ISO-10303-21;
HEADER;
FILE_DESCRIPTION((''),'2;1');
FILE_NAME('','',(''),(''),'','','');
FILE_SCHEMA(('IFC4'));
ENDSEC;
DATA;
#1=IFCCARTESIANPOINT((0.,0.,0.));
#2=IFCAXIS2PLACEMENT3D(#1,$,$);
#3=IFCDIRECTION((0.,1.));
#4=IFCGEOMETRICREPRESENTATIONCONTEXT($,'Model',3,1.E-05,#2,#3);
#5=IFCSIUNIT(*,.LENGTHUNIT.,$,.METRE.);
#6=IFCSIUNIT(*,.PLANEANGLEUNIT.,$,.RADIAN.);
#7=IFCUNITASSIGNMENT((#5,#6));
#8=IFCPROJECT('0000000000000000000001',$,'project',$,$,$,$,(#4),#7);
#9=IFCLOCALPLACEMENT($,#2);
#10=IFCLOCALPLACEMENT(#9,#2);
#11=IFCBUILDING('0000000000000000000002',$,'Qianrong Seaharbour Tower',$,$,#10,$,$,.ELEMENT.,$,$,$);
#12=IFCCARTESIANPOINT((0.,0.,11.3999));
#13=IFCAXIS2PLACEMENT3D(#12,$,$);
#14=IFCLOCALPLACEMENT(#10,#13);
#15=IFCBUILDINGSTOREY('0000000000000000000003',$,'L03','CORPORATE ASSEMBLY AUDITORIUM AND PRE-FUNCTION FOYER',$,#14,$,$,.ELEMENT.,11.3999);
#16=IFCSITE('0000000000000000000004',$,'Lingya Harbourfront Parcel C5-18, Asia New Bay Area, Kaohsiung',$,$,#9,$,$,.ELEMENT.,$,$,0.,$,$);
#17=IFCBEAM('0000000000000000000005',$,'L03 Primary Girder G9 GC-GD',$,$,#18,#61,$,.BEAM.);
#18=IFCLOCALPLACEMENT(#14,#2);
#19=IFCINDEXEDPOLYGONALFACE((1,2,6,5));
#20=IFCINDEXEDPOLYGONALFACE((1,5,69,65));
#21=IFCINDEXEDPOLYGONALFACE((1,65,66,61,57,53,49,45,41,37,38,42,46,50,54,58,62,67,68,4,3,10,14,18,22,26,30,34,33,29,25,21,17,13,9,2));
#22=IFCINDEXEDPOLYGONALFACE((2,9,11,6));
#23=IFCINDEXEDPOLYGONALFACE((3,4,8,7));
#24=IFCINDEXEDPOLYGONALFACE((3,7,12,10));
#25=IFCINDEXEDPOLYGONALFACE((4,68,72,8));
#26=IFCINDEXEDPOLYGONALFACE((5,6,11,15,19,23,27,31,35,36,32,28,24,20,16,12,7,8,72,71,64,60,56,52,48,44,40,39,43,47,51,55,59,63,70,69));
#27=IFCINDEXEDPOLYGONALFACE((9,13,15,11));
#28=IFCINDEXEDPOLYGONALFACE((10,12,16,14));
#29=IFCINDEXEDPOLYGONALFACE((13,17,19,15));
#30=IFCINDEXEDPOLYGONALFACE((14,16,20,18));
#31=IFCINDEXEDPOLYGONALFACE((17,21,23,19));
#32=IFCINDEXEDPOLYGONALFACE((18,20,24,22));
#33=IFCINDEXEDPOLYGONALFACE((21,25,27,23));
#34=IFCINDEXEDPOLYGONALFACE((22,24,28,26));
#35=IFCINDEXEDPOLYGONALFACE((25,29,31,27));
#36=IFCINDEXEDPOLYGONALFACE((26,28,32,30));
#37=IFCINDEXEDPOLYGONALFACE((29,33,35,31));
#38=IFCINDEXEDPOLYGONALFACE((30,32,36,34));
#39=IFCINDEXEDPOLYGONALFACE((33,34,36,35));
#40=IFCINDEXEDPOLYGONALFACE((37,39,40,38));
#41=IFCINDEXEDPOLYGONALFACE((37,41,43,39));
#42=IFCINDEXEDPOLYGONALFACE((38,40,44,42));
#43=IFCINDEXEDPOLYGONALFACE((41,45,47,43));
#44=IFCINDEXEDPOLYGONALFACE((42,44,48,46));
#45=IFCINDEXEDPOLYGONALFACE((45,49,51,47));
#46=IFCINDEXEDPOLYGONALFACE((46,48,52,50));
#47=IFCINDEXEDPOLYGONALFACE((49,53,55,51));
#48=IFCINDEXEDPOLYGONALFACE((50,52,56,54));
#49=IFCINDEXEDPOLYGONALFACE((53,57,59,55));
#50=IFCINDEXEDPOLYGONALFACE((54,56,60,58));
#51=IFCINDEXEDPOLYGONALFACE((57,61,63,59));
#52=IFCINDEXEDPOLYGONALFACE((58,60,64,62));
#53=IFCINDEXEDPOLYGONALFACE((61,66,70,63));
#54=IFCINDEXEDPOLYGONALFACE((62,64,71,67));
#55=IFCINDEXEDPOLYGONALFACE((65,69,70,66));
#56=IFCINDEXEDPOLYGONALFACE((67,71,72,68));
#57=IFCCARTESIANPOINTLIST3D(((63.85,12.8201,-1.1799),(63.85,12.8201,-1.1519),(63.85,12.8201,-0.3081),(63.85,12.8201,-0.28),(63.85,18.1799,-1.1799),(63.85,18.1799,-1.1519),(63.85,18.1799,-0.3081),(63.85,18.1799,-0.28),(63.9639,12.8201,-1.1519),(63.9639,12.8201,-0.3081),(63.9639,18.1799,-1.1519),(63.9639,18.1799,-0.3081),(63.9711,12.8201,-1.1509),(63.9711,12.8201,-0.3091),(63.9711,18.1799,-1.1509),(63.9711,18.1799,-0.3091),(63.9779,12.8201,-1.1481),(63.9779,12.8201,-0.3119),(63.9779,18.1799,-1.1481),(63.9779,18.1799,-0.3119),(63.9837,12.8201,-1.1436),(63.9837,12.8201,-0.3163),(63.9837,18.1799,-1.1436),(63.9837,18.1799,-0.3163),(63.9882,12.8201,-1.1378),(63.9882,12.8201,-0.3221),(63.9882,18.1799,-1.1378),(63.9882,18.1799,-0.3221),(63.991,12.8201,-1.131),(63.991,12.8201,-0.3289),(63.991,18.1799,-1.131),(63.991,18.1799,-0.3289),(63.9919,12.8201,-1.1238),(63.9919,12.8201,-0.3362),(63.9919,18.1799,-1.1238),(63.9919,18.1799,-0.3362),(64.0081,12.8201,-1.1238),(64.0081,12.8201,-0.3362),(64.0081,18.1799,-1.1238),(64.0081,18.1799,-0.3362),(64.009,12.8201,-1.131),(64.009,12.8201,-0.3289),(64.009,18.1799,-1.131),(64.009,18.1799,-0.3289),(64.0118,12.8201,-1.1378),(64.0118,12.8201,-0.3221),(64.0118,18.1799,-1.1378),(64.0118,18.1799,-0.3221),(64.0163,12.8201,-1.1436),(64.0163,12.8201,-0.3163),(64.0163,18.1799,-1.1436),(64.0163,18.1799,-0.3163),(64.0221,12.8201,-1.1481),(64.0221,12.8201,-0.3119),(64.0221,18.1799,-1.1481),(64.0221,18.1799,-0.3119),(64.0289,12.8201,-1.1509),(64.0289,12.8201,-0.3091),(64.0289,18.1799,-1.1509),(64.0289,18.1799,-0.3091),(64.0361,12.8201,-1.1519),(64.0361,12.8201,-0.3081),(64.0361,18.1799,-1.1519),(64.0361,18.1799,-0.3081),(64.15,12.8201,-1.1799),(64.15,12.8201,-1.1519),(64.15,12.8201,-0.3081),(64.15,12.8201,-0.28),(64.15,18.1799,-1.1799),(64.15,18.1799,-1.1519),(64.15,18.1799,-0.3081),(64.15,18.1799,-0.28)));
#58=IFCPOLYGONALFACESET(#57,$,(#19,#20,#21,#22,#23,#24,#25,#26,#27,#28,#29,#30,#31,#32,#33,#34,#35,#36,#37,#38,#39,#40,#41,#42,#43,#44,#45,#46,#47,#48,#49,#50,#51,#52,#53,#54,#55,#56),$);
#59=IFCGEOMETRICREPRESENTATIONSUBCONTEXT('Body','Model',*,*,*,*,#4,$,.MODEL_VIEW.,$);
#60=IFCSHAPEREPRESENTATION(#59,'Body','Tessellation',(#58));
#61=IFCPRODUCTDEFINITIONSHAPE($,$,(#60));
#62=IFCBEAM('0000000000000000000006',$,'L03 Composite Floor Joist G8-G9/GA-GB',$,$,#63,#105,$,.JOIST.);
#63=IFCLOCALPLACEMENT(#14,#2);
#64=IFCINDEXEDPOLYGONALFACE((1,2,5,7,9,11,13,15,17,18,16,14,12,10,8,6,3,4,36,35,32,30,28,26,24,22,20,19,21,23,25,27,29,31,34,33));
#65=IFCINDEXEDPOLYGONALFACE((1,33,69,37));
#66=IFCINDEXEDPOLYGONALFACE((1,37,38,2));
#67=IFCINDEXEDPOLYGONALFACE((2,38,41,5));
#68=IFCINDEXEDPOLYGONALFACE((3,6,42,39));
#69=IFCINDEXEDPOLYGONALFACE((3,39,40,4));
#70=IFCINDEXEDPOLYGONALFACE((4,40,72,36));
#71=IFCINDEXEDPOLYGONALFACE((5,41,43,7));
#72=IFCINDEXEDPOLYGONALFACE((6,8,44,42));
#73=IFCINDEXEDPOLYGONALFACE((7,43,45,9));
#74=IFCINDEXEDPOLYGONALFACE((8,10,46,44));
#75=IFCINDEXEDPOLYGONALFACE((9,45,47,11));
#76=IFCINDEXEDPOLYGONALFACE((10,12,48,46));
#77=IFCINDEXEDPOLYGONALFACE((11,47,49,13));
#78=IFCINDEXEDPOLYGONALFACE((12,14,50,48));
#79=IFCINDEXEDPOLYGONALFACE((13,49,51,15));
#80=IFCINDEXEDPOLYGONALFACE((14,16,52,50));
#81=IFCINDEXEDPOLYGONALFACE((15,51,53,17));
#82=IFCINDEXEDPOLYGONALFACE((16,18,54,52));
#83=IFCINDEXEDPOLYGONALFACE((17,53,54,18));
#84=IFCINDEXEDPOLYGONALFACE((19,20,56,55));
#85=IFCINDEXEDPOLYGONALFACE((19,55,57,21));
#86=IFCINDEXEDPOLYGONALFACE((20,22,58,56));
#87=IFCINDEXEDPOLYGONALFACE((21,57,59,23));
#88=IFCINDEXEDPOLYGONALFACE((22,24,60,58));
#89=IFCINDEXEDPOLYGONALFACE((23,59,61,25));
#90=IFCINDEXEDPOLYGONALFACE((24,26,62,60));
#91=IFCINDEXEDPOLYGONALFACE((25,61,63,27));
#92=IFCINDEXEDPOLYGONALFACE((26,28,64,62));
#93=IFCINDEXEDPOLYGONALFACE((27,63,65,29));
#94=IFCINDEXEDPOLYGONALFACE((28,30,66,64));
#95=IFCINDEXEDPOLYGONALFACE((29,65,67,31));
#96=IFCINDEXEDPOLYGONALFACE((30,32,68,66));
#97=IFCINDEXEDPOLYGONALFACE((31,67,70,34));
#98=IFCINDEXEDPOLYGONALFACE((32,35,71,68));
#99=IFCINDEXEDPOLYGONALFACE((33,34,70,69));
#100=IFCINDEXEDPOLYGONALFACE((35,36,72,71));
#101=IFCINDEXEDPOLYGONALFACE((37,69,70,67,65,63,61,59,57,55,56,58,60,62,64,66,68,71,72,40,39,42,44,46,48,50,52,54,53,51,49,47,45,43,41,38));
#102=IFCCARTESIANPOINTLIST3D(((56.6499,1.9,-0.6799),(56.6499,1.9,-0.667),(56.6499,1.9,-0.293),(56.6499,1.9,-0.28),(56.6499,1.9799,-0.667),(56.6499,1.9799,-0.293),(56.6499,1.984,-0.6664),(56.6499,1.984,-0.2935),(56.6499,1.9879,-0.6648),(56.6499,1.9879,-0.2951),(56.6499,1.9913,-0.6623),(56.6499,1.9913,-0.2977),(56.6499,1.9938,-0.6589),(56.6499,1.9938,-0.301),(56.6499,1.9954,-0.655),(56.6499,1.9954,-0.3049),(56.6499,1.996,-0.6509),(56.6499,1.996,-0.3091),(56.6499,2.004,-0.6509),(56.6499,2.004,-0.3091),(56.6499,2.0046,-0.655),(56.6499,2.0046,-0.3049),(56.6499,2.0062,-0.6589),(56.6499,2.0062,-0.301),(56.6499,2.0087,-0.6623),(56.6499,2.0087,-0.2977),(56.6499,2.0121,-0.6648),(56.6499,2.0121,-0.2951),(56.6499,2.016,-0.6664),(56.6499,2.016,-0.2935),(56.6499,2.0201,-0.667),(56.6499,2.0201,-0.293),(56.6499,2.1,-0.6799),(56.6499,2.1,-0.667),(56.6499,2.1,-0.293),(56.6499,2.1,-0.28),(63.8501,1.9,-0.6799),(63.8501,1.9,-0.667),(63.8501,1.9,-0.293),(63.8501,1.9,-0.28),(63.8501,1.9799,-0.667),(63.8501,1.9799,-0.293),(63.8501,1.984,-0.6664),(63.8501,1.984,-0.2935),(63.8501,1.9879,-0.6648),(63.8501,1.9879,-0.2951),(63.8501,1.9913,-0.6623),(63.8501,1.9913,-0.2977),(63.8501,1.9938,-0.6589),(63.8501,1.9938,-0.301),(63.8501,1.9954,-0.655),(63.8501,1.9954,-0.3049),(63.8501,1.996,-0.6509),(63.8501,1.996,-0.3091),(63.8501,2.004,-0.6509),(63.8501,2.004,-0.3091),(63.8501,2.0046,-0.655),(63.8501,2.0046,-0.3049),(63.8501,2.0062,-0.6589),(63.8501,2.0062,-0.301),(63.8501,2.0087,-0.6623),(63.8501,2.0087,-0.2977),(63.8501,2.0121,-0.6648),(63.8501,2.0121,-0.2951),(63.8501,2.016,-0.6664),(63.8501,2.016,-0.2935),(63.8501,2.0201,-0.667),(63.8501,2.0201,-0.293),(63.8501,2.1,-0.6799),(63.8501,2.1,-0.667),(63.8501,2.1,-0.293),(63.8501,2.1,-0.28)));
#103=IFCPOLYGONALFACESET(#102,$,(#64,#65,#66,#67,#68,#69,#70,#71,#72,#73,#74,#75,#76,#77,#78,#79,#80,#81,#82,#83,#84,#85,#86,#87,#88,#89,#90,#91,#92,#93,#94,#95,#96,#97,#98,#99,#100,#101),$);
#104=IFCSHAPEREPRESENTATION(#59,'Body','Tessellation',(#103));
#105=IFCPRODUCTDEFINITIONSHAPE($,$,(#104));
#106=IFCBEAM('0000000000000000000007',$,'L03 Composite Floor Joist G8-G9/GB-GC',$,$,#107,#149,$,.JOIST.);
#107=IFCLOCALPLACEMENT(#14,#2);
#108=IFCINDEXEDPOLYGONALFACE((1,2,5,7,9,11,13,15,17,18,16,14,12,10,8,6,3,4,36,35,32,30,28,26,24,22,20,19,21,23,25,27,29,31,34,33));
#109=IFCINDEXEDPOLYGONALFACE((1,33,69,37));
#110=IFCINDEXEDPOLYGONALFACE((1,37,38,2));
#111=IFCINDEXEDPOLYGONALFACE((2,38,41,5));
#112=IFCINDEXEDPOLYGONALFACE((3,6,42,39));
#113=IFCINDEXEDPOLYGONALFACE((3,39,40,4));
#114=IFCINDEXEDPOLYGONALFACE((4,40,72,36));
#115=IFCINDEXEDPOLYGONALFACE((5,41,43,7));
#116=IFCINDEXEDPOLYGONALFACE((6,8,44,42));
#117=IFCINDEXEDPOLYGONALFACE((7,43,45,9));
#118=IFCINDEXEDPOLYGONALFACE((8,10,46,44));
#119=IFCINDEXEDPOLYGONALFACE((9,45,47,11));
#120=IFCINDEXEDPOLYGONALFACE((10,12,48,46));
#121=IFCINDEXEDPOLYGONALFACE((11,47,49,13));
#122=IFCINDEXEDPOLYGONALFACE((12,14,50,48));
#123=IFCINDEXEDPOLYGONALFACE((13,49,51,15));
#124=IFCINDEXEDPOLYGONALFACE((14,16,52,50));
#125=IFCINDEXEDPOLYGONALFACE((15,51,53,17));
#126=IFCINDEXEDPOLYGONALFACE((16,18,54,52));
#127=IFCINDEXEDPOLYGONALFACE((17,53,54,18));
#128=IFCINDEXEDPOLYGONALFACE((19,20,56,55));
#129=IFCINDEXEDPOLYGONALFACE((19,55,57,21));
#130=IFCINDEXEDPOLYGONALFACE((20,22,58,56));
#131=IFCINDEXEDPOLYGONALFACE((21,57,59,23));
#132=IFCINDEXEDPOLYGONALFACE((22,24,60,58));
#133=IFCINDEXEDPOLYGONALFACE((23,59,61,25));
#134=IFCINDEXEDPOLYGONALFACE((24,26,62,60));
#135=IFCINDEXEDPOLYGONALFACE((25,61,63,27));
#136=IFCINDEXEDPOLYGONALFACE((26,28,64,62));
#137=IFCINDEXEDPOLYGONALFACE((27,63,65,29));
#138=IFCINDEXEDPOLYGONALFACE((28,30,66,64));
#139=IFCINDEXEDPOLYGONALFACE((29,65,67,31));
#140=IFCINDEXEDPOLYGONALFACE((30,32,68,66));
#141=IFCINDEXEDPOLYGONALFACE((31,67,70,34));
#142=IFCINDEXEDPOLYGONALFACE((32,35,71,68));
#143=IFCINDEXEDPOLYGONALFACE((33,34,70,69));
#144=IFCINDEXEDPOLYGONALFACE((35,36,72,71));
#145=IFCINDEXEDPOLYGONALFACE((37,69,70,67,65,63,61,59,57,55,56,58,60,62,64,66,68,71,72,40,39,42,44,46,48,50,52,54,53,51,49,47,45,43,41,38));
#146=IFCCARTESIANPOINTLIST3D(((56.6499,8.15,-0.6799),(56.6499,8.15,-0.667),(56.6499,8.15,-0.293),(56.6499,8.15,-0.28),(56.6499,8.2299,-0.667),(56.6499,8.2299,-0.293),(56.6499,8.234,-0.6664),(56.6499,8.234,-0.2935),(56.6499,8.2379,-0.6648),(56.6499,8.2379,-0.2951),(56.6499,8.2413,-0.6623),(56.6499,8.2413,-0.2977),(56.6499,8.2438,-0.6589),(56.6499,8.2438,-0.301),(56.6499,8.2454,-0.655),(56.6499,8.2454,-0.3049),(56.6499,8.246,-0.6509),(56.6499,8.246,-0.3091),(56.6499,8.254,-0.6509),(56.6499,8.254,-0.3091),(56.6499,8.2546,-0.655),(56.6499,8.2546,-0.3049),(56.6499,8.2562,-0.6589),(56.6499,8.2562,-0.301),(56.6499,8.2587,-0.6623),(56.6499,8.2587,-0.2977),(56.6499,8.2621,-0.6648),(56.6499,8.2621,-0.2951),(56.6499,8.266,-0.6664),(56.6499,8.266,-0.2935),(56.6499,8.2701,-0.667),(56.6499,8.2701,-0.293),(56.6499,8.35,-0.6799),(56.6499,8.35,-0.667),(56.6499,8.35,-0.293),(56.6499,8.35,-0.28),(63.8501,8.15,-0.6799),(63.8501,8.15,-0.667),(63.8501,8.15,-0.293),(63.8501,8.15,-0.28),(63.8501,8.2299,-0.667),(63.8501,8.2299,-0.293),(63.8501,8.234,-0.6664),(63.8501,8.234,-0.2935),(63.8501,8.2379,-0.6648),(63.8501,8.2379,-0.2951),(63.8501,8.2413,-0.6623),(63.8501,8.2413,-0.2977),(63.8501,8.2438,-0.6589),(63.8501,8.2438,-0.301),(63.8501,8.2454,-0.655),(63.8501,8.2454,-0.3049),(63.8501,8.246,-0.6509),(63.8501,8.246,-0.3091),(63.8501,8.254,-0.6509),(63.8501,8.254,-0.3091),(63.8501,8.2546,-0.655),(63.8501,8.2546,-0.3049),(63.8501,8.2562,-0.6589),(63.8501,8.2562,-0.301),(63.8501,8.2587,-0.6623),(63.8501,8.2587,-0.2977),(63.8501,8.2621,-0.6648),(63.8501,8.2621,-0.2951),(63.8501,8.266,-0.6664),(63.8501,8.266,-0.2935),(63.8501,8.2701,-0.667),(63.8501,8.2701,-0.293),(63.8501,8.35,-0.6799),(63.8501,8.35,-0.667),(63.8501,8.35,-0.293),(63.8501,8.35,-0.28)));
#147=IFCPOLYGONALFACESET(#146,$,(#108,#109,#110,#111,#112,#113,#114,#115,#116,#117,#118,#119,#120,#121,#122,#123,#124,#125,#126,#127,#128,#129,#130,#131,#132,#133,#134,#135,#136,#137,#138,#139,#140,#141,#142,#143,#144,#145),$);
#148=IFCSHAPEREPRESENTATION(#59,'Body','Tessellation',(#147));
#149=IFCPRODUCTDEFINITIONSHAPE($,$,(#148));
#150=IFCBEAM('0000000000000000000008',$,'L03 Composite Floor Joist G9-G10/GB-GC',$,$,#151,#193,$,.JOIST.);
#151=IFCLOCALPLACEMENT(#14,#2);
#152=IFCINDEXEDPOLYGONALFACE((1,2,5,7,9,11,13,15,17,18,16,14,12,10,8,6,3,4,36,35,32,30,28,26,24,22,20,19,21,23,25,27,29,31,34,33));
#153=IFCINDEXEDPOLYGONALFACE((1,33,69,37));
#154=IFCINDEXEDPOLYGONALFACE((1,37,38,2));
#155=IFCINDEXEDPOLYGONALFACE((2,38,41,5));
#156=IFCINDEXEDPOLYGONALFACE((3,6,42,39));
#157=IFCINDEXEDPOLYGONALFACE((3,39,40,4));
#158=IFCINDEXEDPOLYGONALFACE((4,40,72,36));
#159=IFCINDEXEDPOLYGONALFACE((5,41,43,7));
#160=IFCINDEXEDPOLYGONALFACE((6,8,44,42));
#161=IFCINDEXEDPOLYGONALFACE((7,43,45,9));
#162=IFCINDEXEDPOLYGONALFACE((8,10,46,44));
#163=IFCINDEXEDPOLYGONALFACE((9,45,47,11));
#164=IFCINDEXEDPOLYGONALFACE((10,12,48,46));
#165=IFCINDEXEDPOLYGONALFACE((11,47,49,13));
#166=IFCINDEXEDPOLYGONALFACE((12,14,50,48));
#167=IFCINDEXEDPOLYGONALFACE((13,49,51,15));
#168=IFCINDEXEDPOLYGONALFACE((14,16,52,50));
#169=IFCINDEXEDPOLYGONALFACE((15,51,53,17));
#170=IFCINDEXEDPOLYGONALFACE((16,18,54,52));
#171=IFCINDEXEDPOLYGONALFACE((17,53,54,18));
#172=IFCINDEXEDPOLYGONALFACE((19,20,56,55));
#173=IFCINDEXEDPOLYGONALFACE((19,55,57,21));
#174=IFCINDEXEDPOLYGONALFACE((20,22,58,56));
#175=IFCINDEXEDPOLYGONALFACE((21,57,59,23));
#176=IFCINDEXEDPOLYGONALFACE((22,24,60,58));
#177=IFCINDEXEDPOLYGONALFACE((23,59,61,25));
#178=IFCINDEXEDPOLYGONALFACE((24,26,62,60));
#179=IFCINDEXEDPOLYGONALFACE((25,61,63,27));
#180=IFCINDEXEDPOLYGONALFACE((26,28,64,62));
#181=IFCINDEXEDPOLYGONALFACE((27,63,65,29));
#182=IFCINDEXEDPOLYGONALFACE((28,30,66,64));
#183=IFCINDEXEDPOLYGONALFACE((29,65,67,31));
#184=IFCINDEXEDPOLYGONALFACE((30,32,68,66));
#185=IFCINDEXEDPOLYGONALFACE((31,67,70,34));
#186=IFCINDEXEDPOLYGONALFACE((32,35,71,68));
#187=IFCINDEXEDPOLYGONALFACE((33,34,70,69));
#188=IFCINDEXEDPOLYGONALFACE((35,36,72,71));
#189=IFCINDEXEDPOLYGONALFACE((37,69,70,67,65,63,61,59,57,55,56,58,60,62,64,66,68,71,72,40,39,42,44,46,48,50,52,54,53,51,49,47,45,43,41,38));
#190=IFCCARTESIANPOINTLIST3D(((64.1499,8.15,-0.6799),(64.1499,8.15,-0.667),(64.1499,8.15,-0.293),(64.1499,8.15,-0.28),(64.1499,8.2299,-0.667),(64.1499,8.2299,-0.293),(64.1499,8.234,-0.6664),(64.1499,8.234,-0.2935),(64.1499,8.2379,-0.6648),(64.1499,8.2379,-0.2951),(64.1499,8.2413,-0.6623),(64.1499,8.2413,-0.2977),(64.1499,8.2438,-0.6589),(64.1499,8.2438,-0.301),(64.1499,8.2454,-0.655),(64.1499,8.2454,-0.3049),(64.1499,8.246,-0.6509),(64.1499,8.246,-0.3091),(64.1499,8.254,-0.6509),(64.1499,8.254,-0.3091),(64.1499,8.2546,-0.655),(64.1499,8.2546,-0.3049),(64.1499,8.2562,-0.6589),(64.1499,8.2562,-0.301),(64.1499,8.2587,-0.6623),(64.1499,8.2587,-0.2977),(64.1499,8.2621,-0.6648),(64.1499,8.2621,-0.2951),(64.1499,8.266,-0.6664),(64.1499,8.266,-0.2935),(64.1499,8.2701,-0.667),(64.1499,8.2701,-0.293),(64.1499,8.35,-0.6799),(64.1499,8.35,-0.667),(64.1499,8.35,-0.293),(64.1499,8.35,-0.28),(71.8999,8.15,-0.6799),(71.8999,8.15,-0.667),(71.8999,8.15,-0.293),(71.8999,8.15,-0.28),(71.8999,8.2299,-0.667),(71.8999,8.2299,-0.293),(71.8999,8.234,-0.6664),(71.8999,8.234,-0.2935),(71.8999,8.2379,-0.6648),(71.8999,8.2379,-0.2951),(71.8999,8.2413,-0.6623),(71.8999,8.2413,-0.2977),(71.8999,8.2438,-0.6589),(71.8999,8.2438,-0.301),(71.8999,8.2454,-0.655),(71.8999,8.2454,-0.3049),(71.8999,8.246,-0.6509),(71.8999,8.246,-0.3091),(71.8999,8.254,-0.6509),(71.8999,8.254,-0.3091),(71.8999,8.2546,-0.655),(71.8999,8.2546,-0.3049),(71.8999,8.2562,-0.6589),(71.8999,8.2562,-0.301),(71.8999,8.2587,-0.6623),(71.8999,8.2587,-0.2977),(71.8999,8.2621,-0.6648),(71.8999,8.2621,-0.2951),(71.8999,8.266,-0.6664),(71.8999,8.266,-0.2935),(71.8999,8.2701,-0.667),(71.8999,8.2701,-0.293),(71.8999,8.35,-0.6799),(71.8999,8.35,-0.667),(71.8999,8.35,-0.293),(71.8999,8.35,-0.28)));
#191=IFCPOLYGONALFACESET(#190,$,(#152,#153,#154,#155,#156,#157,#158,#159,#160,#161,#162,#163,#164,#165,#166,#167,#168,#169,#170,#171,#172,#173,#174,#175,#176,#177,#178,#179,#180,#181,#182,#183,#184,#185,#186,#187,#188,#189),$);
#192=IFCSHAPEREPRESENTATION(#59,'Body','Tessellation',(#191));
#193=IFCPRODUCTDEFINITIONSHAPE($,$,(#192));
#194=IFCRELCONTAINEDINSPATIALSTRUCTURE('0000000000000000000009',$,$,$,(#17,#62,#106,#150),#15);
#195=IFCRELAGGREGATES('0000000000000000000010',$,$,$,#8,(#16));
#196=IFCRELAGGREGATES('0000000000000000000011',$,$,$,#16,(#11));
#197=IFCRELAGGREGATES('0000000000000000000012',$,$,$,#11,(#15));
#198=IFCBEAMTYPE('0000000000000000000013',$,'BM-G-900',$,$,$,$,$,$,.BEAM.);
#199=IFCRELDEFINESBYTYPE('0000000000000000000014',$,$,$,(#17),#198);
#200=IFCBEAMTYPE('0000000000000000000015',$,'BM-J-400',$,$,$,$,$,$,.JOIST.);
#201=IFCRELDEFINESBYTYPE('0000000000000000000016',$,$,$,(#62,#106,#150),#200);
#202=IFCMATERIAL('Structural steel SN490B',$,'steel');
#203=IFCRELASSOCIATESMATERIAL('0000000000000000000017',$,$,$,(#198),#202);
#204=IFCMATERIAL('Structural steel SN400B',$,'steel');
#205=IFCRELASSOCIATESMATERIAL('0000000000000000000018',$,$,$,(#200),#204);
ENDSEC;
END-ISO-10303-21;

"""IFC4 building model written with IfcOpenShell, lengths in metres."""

from ifc_helpers import new_model, si_unit, direction, frame, origin, origin_2d, place, context, subcontext, project, spatial, i_section, extrude, material, material_profile, profile_set, type_object, element, save


model = new_model("IFC4")

# Units and contexts
model_context = context("Model", 3, precision=1e-05, world=origin(), true_north=direction((0.0, 1.0)))
body_context = subcontext(model_context, "Body", "Model", "MODEL_VIEW")
ifc_project = project(units=[si_unit("LENGTHUNIT", "METRE"), si_unit("PLANEANGLEUNIT", "RADIAN")], contexts=[model_context])

# Site, building, storey
site_placement = place(None, origin())
site = spatial("IfcSite", under=ifc_project, at=site_placement, Name="Lingya Harbourfront Parcel C5-18, Asia New Bay Area, Kaohsiung", CompositionType="ELEMENT", RefElevation=0.0)
building_placement = place(site_placement, origin())
building = spatial("IfcBuilding", under=site, at=building_placement, Name="Qianrong Seaharbour Tower", CompositionType="ELEMENT")
storey_placement = place(building_placement, frame((0.0, 0.0, 11.3999)))
storey = spatial("IfcBuildingStorey", under=building, at=storey_placement, Name="L03", Description="CORPORATE ASSEMBLY AUDITORIUM AND PRE-FUNCTION FOYER", CompositionType="ELEMENT", Elevation=11.3999)

# Beams
ifc_material_1 = material(Name="Structural steel SN490B", Category="steel")
ifc_material_profile_1 = material_profile(ifc_material_1, i_section(OverallWidth=0.3, OverallDepth=0.8999, WebThickness=0.0161, FlangeThickness=0.0281, FilletRadius=0.0281, at=origin_2d()), Name="H900x300x16x28")
ifc_profile_set_1 = profile_set([ifc_material_profile_1], Name="Structural steel SN490B")
beam_type_1 = type_object("IfcBeamType", Name="BM-G-900", PredefinedType="BEAM", material=ifc_profile_set_1)
beam_1_placement = place(storey_placement, frame((64.0, 12.8201, -0.73), z_axis=(0.0, 1.0, 0.0), x_axis=(-1.0, 0.0, 0.0)))
element("IfcBeam", 1, at=beam_1_placement, inside=storey, type_object=beam_type_1, Name="L03 Primary Girder G9 GC-GD", PredefinedType="BEAM", context=body_context, shape_type="SweptSolid", body=[
    extrude(i_section(OverallWidth=0.3, OverallDepth=0.8999, WebThickness=0.0161, FlangeThickness=0.0281, FilletRadius=0.0281, at=origin_2d()), origin(), (0.0, 0.0, 1.0), 5.3599),
])
ifc_material_2 = material(Name="Structural steel SN400B", Category="steel")
ifc_material_profile_2 = material_profile(ifc_material_2, i_section(OverallWidth=0.2, OverallDepth=0.3999, WebThickness=0.0081, FlangeThickness=0.0129, FilletRadius=0.0161, at=origin_2d()), Name="H400x200x8x13")
ifc_profile_set_2 = profile_set([ifc_material_profile_2], Name="Structural steel SN400B")
beam_type_2 = type_object("IfcBeamType", Name="BM-J-400", PredefinedType="JOIST", material=ifc_profile_set_2)
for number, where, z_axis, x_axis, name in (
    (2, (56.6499, 2.0, -0.48), (1.0, 0.0, 0.0), (0.0, 1.0, 0.0), "L03 Composite Floor Joist G8-G9/GA-GB"),
    (3, (56.6499, 8.25, -0.48), (1.0, 0.0, 0.0), (0.0, 1.0, 0.0), "L03 Composite Floor Joist G8-G9/GB-GC"),
):
    element("IfcBeam", number, at=place(storey_placement, frame(where, z_axis=z_axis, x_axis=x_axis)), inside=storey, type_object=beam_type_2, Name=name, PredefinedType="JOIST", context=body_context, shape_type="SweptSolid", body=[
        extrude(i_section(OverallWidth=0.2, OverallDepth=0.3999, WebThickness=0.0081, FlangeThickness=0.0129, FilletRadius=0.0161, at=origin_2d()), origin(), (0.0, 0.0, 1.0), 7.2002),
    ])
beam_2_placement = place(storey_placement, frame((64.1499, 8.25, -0.48), z_axis=(1.0, 0.0, 0.0), x_axis=(0.0, 1.0, 0.0)))
element("IfcBeam", 4, at=beam_2_placement, inside=storey, type_object=beam_type_2, Name="L03 Composite Floor Joist G9-G10/GB-GC", PredefinedType="JOIST", context=body_context, shape_type="SweptSolid", body=[
    extrude(i_section(OverallWidth=0.2, OverallDepth=0.3999, WebThickness=0.0081, FlangeThickness=0.0129, FilletRadius=0.0161, at=origin_2d()), origin(), (0.0, 0.0, 1.0), 7.75),
])

save(model, "model.ifc")
